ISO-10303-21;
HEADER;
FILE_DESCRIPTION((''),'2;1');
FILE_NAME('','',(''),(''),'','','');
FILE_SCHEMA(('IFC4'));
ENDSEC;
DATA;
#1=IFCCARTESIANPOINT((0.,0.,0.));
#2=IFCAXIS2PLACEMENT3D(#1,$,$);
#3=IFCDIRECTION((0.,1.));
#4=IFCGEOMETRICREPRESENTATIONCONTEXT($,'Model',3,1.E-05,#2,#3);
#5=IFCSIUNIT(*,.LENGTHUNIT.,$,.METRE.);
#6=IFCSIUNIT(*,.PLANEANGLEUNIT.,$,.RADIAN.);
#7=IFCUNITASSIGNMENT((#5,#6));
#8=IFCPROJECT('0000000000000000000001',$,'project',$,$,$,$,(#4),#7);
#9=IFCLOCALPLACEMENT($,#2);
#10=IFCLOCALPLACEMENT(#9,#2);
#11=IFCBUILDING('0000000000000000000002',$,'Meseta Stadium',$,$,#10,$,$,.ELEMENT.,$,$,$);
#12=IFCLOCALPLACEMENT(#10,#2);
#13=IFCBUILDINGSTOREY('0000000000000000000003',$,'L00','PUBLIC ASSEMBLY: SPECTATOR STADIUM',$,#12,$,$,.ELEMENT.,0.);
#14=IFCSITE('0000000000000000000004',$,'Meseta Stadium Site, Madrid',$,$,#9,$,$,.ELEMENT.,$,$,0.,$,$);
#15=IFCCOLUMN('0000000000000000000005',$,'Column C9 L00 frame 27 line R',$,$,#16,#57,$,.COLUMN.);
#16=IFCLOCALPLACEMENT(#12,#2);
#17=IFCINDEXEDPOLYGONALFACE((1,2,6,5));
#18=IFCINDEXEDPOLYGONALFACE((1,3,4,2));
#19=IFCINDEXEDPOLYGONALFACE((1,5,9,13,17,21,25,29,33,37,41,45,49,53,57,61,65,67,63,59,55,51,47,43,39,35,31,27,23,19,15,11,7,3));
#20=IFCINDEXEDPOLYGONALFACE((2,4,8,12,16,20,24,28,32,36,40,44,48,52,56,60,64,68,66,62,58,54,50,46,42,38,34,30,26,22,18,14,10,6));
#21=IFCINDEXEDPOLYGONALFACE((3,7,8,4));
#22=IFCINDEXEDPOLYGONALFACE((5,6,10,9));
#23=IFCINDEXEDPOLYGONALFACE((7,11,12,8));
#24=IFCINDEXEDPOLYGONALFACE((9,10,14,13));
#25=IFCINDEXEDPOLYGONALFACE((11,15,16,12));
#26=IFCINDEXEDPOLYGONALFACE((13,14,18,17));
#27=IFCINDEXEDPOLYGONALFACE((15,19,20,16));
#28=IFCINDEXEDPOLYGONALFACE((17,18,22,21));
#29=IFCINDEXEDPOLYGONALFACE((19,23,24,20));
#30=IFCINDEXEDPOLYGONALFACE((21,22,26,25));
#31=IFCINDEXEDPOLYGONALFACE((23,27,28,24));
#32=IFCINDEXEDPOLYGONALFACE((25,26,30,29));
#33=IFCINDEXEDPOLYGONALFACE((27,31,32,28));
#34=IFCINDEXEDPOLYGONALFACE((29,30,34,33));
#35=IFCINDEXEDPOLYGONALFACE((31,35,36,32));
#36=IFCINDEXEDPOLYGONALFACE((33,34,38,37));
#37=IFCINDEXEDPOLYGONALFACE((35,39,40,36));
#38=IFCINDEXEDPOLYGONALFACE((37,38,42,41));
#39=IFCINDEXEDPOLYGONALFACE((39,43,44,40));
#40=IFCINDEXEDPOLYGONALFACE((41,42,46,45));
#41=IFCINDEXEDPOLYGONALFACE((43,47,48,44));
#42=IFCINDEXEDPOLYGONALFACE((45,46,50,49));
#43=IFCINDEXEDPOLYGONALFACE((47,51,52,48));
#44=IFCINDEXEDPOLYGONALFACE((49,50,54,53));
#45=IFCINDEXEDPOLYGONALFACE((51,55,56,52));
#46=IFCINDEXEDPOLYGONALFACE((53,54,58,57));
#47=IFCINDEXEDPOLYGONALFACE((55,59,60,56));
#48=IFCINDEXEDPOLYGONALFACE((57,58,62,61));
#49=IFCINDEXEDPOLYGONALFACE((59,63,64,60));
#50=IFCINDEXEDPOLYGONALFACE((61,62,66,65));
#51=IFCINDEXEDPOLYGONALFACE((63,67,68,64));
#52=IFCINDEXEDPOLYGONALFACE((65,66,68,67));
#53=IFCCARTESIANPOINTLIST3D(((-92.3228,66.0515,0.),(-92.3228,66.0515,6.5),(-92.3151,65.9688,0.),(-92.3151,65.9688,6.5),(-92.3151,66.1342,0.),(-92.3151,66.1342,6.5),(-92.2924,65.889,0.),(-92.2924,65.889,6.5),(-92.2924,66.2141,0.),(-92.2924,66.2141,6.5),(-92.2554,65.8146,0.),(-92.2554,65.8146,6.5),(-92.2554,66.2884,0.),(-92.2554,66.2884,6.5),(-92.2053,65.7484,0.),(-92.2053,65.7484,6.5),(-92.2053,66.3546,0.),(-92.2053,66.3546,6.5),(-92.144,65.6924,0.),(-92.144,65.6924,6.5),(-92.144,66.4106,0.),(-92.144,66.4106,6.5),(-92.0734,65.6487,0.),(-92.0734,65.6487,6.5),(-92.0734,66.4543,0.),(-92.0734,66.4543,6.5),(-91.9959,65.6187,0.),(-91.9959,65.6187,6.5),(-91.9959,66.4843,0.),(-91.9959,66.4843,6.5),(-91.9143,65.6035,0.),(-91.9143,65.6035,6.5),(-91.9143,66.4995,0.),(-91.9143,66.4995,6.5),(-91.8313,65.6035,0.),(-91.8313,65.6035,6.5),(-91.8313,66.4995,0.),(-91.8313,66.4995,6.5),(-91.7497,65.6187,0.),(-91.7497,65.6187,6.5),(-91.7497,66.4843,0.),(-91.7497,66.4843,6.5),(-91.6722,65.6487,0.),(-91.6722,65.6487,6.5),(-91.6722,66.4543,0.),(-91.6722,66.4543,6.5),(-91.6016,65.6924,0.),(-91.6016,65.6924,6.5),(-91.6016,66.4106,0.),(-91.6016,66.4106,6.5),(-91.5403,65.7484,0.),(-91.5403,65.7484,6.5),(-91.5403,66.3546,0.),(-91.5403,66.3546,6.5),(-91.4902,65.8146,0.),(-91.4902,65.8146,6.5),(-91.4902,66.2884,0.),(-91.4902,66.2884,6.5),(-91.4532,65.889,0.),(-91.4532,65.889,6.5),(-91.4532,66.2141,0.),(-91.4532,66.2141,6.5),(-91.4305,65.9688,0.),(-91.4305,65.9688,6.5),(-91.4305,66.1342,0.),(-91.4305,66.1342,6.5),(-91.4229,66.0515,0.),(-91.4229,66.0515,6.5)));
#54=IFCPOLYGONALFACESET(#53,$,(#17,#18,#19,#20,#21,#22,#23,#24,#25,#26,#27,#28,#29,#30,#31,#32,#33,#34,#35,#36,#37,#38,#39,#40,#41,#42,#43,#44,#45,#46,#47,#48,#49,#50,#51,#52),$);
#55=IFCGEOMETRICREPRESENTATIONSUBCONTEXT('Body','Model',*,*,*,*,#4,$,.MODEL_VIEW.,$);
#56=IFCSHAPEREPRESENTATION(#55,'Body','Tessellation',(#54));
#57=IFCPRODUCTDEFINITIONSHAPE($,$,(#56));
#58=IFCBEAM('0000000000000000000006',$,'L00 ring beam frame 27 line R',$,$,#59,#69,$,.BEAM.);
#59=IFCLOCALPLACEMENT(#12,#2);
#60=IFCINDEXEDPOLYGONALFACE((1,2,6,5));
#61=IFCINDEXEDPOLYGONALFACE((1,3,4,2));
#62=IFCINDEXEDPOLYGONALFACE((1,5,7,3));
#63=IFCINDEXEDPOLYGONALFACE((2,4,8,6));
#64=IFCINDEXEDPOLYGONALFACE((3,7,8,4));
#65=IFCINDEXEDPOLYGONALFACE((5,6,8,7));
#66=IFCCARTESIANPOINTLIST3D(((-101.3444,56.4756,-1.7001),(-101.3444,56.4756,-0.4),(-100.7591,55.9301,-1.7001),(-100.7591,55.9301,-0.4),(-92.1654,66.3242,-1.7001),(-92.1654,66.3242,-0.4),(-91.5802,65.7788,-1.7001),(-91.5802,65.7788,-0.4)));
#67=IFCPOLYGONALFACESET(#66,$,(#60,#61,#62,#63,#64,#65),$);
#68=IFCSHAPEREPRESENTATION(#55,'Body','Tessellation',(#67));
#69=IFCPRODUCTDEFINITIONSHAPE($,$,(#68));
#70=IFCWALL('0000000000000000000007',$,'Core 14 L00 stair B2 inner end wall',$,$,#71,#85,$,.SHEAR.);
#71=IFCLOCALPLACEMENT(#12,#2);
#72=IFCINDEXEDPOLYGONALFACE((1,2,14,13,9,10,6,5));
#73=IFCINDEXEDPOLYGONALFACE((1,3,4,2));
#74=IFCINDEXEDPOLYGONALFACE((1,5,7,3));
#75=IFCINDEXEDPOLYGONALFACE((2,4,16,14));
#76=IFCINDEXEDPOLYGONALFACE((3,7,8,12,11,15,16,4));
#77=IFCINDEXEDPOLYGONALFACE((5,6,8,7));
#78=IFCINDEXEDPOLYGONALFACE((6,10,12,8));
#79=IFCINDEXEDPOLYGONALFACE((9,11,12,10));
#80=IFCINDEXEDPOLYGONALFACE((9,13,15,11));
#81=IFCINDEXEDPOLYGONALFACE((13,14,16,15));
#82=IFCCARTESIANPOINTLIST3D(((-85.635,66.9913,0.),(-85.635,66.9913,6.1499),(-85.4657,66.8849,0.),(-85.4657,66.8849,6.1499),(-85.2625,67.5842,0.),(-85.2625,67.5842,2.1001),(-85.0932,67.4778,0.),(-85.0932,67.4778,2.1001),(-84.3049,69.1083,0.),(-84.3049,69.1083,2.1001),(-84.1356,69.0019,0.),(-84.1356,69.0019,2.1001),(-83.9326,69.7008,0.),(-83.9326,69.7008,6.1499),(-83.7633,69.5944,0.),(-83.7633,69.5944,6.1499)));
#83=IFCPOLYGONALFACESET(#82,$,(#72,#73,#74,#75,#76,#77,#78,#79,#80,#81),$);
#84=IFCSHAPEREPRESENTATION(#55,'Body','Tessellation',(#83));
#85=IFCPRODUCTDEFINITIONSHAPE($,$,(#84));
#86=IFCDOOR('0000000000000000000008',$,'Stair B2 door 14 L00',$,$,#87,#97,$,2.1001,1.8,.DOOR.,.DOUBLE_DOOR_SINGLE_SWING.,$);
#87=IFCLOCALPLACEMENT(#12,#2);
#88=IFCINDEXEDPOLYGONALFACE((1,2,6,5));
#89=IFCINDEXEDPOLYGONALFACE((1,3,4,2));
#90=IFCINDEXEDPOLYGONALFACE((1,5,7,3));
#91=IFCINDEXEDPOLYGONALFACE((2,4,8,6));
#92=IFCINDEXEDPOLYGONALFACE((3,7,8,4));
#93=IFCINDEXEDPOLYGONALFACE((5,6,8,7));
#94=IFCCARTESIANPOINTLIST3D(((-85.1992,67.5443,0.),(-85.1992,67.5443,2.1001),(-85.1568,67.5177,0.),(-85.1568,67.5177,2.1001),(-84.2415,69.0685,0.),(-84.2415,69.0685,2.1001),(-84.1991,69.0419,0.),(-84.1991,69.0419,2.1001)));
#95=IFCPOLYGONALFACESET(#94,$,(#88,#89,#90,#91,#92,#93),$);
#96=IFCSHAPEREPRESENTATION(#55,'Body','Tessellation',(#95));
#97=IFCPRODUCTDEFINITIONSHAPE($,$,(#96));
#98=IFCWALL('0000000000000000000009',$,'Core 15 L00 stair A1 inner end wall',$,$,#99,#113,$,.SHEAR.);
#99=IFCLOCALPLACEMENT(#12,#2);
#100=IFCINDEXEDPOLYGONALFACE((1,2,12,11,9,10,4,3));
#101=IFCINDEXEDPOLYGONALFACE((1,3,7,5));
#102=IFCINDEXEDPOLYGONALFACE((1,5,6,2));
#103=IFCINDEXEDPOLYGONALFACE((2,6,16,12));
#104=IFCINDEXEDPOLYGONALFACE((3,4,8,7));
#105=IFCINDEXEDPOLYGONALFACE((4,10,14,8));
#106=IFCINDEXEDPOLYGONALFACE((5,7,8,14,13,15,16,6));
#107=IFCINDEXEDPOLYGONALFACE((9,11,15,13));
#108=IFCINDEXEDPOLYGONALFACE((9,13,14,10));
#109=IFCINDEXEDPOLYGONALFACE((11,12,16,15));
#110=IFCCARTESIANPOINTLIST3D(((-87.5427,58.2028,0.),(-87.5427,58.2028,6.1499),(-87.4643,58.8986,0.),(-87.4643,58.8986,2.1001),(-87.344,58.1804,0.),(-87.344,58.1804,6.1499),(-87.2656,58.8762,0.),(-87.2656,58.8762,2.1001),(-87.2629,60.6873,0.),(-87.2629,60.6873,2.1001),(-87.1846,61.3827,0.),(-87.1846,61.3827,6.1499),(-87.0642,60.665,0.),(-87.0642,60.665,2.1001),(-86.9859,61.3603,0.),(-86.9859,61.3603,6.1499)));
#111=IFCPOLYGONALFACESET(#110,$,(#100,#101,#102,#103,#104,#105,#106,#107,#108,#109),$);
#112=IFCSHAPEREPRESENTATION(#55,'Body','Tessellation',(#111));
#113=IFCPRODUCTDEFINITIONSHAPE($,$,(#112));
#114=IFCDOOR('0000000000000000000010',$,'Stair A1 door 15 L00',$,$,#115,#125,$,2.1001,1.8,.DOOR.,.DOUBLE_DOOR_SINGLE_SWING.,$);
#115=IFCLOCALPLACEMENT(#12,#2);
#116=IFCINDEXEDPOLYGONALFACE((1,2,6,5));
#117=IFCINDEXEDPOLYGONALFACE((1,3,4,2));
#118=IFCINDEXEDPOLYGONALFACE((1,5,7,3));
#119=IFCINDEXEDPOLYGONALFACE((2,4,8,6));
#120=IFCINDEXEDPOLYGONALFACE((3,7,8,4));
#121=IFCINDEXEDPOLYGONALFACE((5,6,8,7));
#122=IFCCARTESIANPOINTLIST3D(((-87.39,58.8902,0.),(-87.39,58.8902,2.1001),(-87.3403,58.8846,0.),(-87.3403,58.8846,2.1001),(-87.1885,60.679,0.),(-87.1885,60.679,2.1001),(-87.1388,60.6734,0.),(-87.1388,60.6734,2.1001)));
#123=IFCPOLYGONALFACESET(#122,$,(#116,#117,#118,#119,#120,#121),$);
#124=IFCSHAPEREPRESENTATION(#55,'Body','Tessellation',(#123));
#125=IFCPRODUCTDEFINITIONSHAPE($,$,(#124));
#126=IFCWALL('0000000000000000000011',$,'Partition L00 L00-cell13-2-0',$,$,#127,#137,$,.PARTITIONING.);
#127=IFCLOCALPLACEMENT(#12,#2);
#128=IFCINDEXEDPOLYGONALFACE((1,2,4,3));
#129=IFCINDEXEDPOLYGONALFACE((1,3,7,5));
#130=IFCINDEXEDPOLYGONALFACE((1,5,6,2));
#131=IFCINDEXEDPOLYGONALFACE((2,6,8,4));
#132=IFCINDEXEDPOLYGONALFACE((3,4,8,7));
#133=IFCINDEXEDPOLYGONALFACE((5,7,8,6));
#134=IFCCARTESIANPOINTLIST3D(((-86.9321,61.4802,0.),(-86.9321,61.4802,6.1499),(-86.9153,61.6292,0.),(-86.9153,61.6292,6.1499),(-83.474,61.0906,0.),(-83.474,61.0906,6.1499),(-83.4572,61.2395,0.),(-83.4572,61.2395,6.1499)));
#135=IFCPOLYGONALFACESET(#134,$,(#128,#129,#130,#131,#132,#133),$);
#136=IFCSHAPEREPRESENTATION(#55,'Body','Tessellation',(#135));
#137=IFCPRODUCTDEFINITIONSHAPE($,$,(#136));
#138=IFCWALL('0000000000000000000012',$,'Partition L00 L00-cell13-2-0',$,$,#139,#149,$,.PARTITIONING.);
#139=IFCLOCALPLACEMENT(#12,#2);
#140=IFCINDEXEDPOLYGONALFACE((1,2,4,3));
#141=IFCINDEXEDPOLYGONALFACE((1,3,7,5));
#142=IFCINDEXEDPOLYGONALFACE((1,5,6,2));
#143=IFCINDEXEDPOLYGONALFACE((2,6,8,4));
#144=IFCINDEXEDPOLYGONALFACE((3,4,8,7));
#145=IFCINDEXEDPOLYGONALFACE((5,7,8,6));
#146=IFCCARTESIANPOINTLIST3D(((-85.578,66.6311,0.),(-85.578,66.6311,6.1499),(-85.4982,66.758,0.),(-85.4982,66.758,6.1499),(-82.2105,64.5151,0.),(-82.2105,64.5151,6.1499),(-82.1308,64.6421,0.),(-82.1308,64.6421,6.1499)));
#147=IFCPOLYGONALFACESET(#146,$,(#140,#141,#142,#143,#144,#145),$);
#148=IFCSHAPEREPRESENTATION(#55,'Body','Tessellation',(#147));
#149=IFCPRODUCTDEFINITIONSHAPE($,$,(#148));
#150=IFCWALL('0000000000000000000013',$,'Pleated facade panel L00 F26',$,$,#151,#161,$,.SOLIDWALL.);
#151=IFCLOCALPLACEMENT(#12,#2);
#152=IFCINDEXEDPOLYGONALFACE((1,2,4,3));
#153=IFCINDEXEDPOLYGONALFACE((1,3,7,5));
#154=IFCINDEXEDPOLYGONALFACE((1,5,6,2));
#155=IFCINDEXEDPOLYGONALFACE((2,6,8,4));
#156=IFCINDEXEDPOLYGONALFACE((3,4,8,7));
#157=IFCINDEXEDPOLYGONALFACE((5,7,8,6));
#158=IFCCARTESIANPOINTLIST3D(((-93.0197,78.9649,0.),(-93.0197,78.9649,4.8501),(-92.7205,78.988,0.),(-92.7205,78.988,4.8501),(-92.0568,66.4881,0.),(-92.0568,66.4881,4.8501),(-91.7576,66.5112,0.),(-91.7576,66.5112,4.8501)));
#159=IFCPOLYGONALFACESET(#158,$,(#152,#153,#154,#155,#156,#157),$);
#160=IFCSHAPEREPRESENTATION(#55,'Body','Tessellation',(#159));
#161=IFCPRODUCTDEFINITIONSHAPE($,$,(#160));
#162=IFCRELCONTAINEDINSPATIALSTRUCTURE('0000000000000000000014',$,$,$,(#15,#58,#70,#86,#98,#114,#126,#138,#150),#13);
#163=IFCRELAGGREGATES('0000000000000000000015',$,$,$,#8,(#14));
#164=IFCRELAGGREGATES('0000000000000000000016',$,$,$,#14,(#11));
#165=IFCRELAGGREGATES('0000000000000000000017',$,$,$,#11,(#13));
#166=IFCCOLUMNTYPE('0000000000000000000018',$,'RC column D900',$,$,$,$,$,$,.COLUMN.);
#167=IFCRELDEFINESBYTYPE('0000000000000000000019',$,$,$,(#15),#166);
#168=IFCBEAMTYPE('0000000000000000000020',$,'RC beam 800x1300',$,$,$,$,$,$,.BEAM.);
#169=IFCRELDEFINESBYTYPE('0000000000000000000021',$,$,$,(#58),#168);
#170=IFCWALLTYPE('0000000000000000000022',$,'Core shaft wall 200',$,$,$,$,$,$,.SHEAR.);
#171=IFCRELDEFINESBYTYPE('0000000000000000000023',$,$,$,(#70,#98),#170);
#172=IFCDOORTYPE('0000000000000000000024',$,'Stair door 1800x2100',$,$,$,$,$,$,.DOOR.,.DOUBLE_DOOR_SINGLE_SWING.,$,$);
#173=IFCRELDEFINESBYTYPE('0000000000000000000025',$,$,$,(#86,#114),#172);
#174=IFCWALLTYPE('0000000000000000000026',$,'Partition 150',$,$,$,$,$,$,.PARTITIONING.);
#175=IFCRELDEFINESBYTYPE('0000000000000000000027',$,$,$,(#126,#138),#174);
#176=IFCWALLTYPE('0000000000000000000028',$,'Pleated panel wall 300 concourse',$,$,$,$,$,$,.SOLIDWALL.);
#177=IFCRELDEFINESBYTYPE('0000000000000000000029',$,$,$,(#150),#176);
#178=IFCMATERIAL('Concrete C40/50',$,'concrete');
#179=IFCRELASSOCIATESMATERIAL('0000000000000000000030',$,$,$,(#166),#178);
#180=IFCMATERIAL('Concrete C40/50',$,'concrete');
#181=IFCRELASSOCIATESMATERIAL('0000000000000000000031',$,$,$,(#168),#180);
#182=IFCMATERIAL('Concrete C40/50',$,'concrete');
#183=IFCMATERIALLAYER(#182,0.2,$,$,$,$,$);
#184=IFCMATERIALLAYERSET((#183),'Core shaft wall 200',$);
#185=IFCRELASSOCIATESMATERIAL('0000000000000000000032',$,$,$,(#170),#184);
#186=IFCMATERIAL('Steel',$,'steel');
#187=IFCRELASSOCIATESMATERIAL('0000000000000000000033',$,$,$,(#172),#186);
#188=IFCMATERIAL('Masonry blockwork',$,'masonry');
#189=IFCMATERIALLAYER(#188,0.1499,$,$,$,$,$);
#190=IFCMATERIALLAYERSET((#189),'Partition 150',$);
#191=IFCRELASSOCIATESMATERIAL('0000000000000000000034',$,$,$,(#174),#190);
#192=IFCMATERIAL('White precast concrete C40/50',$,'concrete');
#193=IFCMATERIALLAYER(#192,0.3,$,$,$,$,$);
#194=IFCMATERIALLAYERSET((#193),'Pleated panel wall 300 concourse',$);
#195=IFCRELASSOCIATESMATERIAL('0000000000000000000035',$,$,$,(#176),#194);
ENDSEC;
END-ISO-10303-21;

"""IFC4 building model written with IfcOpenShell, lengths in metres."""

from ifc_helpers import new_model, si_unit, direction, frame, frame_2d, origin, origin_2d, place, context, subcontext, project, spatial, rectangle, circle, extrude, material, layer, layer_set, material_profile, profile_set, type_object, element, fill, save


model = new_model("IFC4")

# Units and contexts
model_context = context("Model", 3, precision=1e-05, world=origin(), true_north=direction((0.0, 1.0)))
body_context = subcontext(model_context, "Body", "Model", "MODEL_VIEW")
ifc_project = project(units=[si_unit("LENGTHUNIT", "METRE"), si_unit("PLANEANGLEUNIT", "RADIAN")], contexts=[model_context])

# Site, building, storey
site_placement = place(None, origin())
site = spatial("IfcSite", under=ifc_project, at=site_placement, Name="Meseta Stadium Site, Madrid", CompositionType="ELEMENT", RefElevation=0.0)
building_placement = place(site_placement, origin())
building = spatial("IfcBuilding", under=site, at=building_placement, Name="Meseta Stadium", CompositionType="ELEMENT")
storey_placement = place(building_placement, origin())
storey = spatial("IfcBuildingStorey", under=building, at=storey_placement, Name="L00", Description="PUBLIC ASSEMBLY: SPECTATOR STADIUM", CompositionType="ELEMENT", Elevation=0.0)

# Column
ifc_material_1 = material(Name="Concrete C40/50", Category="concrete")
ifc_material_profile_1 = material_profile(ifc_material_1, circle(Radius=0.45, at=origin_2d()), Name="RC D900")
ifc_profile_set_1 = profile_set([ifc_material_profile_1], Name="Concrete C40/50")
column_type = type_object("IfcColumnType", Name="RC column D900", PredefinedType="COLUMN", material=ifc_profile_set_1)
column_placement = place(storey_placement, frame((-91.8728, 66.0515, 0.0), z_axis=(0.0, 0.0, 1.0), x_axis=(1.0, 0.0, 0.0)))
element("IfcColumn", 1, at=column_placement, inside=storey, type_object=column_type, Name="Column C9 L00 frame 27 line R", PredefinedType="COLUMN", context=body_context, shape_type="SweptSolid", body=[
    extrude(circle(Radius=0.45, at=origin_2d()), origin(), (0.0, 0.0, 1.0), 6.5),
])

# Beam
ifc_material_2 = material(Name="Concrete C40/50", Category="concrete")
ifc_material_profile_2 = material_profile(ifc_material_2, rectangle(XDim=0.8, YDim=1.3, at=origin_2d()), Name="RC 800x1300")
ifc_profile_set_2 = profile_set([ifc_material_profile_2], Name="Concrete C40/50")
beam_type = type_object("IfcBeamType", Name="RC beam 800x1300", PredefinedType="BEAM", material=ifc_profile_set_2)
beam_placement = place(storey_placement, frame((-91.8728, 66.0515, -1.05), z_axis=(-0.681798, -0.731541, 0.0), x_axis=(0.731541, -0.681798, 0.0)))
element("IfcBeam", 2, at=beam_placement, inside=storey, type_object=beam_type, Name="L00 ring beam frame 27 line R", PredefinedType="BEAM", context=body_context, shape_type="SweptSolid", body=[
    extrude(rectangle(XDim=0.8, YDim=1.3, at=origin_2d()), origin(), (0.0, 0.0, 1.0), 13.4629),
])

# Walls, openings, doors
ifc_material_3 = material(Name="Concrete C40/50", Category="concrete")
ifc_layer_1 = layer(ifc_material_3, 0.2)
ifc_layer_set_1 = layer_set([ifc_layer_1], Name="Core shaft wall 200")
wall_type_1 = type_object("IfcWallType", Name="Core shaft wall 200", PredefinedType="SHEAR", material=ifc_layer_set_1)
wall_1_placement = place(storey_placement, frame((-83.8479, 69.6477, 0.0), z_axis=(0.0, 0.0, 1.0), x_axis=(-0.532014, -0.846736, 0.0)))
wall_1 = element("IfcWall", 3, at=wall_1_placement, inside=storey, type_object=wall_type_1, Name="Core 14 L00 stair B2 inner end wall", PredefinedType="SHEAR", context=body_context, shape_type="SweptSolid", body=[
    extrude(rectangle(XDim=3.2, YDim=0.2, at=frame_2d((1.6001, 0.0))), origin(), (0.0, 0.0, 1.0), 6.1499),
])
opening_1_placement = place(wall_1_placement, frame((0.7, 0.0, 0.0)))
opening_1 = element("IfcOpeningElement", 4, at=opening_1_placement, cuts=wall_1, PredefinedType="OPENING", context=body_context, shape_type="SweptSolid", body=[
    extrude(rectangle(XDim=1.8, YDim=2.1001, at=frame_2d((0.8999, 1.05))), frame((0.0, 0.1099, 0.0), z_axis=(0.0, -1.0, 0.0), x_axis=(1.0, 0.0, 0.0)), (0.0, 0.0, 1.0), 0.22),
])
ifc_material_4 = material(Name="Steel", Category="steel")
door_type = type_object("IfcDoorType", Name="Stair door 1800x2100", OperationType="DOUBLE_DOOR_SINGLE_SWING", PredefinedType="DOOR", material=ifc_material_4)
door_1_placement = place(opening_1_placement, origin())
door_1 = element("IfcDoor", 5, at=door_1_placement, inside=storey, type_object=door_type, Name="Stair B2 door 14 L00", OperationType="DOUBLE_DOOR_SINGLE_SWING", OverallHeight=2.1001, OverallWidth=1.8, PredefinedType="DOOR", context=body_context, shape_type="SweptSolid", body=[
    extrude(rectangle(XDim=1.8, YDim=2.1001, at=frame_2d((0.8999, 1.05))), frame((0.0, 0.0249, 0.0), z_axis=(0.0, -1.0, 0.0), x_axis=(1.0, 0.0, 0.0)), (0.0, 0.0, 1.0), 0.05),
])
fill(opening_1, door_1)
wall_2_placement = place(storey_placement, frame((-87.0852, 61.3716, 0.0), z_axis=(0.0, 0.0, 1.0), x_axis=(-0.111922, -0.993717, 0.0)))
wall_2 = element("IfcWall", 6, at=wall_2_placement, inside=storey, type_object=wall_type_1, Name="Core 15 L00 stair A1 inner end wall", PredefinedType="SHEAR", context=body_context, shape_type="SweptSolid", body=[
    extrude(rectangle(XDim=3.2, YDim=0.2, at=frame_2d((1.6001, 0.0))), origin(), (0.0, 0.0, 1.0), 6.1499),
])
opening_2_placement = place(wall_2_placement, frame((0.7, 0.0, 0.0)))
opening_2 = element("IfcOpeningElement", 7, at=opening_2_placement, cuts=wall_2, PredefinedType="OPENING", context=body_context, shape_type="SweptSolid", body=[
    extrude(rectangle(XDim=1.8, YDim=2.1001, at=frame_2d((0.8999, 1.05))), frame((0.0, 0.1099, 0.0), z_axis=(0.0, -1.0, 0.0), x_axis=(1.0, 0.0, 0.0)), (0.0, 0.0, 1.0), 0.22),
])
door_2_placement = place(opening_2_placement, origin())
door_2 = element("IfcDoor", 8, at=door_2_placement, inside=storey, type_object=door_type, Name="Stair A1 door 15 L00", OperationType="DOUBLE_DOOR_SINGLE_SWING", OverallHeight=2.1001, OverallWidth=1.8, PredefinedType="DOOR", context=body_context, shape_type="SweptSolid", body=[
    extrude(rectangle(XDim=1.8, YDim=2.1001, at=frame_2d((0.8999, 1.05))), frame((0.0, 0.0249, 0.0), z_axis=(0.0, -1.0, 0.0), x_axis=(1.0, 0.0, 0.0)), (0.0, 0.0, 1.0), 0.05),
])
fill(opening_2, door_2)

# Walls
ifc_material_5 = material(Name="Masonry blockwork", Category="masonry")
ifc_layer_2 = layer(ifc_material_5, 0.1499)
ifc_layer_set_2 = layer_set([ifc_layer_2], Name="Partition 150")
wall_type_2 = type_object("IfcWallType", Name="Partition 150", PredefinedType="PARTITIONING", material=ifc_layer_set_2)
wall_3_placement = place(storey_placement, frame((-83.4656, 61.165, 0.0), z_axis=(0.0, 0.0, 1.0), x_axis=(-0.993711, 0.111971, 0.0)))
element("IfcWall", 9, at=wall_3_placement, inside=storey, type_object=wall_type_2, Name="Partition L00 L00-cell13-2-0", PredefinedType="PARTITIONING", context=body_context, shape_type="SweptSolid", body=[
    extrude(rectangle(XDim=3.48, YDim=0.1499, at=frame_2d((1.74, 0.0))), origin(), (0.0, 0.0, 1.0), 6.1499),
])
wall_4_placement = place(storey_placement, frame((-85.5381, 66.6946, 0.0), z_axis=(0.0, 0.0, 1.0), x_axis=(0.846716, -0.532045, 0.0)))
element("IfcWall", 10, at=wall_4_placement, inside=storey, type_object=wall_type_2, Name="Partition L00 L00-cell13-2-0", PredefinedType="PARTITIONING", context=body_context, shape_type="SweptSolid", body=[
    extrude(rectangle(XDim=3.9771, YDim=0.1499, at=frame_2d((1.9885, 0.0))), origin(), (0.0, 0.0, 1.0), 6.1499),
])
ifc_material_6 = material(Name="White precast concrete C40/50", Category="concrete")
ifc_layer_3 = layer(ifc_material_6, 0.3)
ifc_layer_set_3 = layer_set([ifc_layer_3], Name="Pleated panel wall 300 concourse")
wall_type_3 = type_object("IfcWallType", Name="Pleated panel wall 300 concourse", PredefinedType="SOLIDWALL", material=ifc_layer_set_3)
wall_5_placement = place(storey_placement, frame((-91.9072, 66.4998, 0.0), z_axis=(0.0, 0.0, 1.0), x_axis=(-0.076946, 0.997035, 0.0)))
element("IfcWall", 11, at=wall_5_placement, inside=storey, type_object=wall_type_3, Name="Pleated facade panel L00 F26", PredefinedType="SOLIDWALL", context=body_context, shape_type="SweptSolid", body=[
    extrude(rectangle(XDim=12.5139, YDim=0.3, at=frame_2d((6.2568, 0.0))), origin(), (0.0, 0.0, 1.0), 4.8501),
])

save(model, "model.ifc")
